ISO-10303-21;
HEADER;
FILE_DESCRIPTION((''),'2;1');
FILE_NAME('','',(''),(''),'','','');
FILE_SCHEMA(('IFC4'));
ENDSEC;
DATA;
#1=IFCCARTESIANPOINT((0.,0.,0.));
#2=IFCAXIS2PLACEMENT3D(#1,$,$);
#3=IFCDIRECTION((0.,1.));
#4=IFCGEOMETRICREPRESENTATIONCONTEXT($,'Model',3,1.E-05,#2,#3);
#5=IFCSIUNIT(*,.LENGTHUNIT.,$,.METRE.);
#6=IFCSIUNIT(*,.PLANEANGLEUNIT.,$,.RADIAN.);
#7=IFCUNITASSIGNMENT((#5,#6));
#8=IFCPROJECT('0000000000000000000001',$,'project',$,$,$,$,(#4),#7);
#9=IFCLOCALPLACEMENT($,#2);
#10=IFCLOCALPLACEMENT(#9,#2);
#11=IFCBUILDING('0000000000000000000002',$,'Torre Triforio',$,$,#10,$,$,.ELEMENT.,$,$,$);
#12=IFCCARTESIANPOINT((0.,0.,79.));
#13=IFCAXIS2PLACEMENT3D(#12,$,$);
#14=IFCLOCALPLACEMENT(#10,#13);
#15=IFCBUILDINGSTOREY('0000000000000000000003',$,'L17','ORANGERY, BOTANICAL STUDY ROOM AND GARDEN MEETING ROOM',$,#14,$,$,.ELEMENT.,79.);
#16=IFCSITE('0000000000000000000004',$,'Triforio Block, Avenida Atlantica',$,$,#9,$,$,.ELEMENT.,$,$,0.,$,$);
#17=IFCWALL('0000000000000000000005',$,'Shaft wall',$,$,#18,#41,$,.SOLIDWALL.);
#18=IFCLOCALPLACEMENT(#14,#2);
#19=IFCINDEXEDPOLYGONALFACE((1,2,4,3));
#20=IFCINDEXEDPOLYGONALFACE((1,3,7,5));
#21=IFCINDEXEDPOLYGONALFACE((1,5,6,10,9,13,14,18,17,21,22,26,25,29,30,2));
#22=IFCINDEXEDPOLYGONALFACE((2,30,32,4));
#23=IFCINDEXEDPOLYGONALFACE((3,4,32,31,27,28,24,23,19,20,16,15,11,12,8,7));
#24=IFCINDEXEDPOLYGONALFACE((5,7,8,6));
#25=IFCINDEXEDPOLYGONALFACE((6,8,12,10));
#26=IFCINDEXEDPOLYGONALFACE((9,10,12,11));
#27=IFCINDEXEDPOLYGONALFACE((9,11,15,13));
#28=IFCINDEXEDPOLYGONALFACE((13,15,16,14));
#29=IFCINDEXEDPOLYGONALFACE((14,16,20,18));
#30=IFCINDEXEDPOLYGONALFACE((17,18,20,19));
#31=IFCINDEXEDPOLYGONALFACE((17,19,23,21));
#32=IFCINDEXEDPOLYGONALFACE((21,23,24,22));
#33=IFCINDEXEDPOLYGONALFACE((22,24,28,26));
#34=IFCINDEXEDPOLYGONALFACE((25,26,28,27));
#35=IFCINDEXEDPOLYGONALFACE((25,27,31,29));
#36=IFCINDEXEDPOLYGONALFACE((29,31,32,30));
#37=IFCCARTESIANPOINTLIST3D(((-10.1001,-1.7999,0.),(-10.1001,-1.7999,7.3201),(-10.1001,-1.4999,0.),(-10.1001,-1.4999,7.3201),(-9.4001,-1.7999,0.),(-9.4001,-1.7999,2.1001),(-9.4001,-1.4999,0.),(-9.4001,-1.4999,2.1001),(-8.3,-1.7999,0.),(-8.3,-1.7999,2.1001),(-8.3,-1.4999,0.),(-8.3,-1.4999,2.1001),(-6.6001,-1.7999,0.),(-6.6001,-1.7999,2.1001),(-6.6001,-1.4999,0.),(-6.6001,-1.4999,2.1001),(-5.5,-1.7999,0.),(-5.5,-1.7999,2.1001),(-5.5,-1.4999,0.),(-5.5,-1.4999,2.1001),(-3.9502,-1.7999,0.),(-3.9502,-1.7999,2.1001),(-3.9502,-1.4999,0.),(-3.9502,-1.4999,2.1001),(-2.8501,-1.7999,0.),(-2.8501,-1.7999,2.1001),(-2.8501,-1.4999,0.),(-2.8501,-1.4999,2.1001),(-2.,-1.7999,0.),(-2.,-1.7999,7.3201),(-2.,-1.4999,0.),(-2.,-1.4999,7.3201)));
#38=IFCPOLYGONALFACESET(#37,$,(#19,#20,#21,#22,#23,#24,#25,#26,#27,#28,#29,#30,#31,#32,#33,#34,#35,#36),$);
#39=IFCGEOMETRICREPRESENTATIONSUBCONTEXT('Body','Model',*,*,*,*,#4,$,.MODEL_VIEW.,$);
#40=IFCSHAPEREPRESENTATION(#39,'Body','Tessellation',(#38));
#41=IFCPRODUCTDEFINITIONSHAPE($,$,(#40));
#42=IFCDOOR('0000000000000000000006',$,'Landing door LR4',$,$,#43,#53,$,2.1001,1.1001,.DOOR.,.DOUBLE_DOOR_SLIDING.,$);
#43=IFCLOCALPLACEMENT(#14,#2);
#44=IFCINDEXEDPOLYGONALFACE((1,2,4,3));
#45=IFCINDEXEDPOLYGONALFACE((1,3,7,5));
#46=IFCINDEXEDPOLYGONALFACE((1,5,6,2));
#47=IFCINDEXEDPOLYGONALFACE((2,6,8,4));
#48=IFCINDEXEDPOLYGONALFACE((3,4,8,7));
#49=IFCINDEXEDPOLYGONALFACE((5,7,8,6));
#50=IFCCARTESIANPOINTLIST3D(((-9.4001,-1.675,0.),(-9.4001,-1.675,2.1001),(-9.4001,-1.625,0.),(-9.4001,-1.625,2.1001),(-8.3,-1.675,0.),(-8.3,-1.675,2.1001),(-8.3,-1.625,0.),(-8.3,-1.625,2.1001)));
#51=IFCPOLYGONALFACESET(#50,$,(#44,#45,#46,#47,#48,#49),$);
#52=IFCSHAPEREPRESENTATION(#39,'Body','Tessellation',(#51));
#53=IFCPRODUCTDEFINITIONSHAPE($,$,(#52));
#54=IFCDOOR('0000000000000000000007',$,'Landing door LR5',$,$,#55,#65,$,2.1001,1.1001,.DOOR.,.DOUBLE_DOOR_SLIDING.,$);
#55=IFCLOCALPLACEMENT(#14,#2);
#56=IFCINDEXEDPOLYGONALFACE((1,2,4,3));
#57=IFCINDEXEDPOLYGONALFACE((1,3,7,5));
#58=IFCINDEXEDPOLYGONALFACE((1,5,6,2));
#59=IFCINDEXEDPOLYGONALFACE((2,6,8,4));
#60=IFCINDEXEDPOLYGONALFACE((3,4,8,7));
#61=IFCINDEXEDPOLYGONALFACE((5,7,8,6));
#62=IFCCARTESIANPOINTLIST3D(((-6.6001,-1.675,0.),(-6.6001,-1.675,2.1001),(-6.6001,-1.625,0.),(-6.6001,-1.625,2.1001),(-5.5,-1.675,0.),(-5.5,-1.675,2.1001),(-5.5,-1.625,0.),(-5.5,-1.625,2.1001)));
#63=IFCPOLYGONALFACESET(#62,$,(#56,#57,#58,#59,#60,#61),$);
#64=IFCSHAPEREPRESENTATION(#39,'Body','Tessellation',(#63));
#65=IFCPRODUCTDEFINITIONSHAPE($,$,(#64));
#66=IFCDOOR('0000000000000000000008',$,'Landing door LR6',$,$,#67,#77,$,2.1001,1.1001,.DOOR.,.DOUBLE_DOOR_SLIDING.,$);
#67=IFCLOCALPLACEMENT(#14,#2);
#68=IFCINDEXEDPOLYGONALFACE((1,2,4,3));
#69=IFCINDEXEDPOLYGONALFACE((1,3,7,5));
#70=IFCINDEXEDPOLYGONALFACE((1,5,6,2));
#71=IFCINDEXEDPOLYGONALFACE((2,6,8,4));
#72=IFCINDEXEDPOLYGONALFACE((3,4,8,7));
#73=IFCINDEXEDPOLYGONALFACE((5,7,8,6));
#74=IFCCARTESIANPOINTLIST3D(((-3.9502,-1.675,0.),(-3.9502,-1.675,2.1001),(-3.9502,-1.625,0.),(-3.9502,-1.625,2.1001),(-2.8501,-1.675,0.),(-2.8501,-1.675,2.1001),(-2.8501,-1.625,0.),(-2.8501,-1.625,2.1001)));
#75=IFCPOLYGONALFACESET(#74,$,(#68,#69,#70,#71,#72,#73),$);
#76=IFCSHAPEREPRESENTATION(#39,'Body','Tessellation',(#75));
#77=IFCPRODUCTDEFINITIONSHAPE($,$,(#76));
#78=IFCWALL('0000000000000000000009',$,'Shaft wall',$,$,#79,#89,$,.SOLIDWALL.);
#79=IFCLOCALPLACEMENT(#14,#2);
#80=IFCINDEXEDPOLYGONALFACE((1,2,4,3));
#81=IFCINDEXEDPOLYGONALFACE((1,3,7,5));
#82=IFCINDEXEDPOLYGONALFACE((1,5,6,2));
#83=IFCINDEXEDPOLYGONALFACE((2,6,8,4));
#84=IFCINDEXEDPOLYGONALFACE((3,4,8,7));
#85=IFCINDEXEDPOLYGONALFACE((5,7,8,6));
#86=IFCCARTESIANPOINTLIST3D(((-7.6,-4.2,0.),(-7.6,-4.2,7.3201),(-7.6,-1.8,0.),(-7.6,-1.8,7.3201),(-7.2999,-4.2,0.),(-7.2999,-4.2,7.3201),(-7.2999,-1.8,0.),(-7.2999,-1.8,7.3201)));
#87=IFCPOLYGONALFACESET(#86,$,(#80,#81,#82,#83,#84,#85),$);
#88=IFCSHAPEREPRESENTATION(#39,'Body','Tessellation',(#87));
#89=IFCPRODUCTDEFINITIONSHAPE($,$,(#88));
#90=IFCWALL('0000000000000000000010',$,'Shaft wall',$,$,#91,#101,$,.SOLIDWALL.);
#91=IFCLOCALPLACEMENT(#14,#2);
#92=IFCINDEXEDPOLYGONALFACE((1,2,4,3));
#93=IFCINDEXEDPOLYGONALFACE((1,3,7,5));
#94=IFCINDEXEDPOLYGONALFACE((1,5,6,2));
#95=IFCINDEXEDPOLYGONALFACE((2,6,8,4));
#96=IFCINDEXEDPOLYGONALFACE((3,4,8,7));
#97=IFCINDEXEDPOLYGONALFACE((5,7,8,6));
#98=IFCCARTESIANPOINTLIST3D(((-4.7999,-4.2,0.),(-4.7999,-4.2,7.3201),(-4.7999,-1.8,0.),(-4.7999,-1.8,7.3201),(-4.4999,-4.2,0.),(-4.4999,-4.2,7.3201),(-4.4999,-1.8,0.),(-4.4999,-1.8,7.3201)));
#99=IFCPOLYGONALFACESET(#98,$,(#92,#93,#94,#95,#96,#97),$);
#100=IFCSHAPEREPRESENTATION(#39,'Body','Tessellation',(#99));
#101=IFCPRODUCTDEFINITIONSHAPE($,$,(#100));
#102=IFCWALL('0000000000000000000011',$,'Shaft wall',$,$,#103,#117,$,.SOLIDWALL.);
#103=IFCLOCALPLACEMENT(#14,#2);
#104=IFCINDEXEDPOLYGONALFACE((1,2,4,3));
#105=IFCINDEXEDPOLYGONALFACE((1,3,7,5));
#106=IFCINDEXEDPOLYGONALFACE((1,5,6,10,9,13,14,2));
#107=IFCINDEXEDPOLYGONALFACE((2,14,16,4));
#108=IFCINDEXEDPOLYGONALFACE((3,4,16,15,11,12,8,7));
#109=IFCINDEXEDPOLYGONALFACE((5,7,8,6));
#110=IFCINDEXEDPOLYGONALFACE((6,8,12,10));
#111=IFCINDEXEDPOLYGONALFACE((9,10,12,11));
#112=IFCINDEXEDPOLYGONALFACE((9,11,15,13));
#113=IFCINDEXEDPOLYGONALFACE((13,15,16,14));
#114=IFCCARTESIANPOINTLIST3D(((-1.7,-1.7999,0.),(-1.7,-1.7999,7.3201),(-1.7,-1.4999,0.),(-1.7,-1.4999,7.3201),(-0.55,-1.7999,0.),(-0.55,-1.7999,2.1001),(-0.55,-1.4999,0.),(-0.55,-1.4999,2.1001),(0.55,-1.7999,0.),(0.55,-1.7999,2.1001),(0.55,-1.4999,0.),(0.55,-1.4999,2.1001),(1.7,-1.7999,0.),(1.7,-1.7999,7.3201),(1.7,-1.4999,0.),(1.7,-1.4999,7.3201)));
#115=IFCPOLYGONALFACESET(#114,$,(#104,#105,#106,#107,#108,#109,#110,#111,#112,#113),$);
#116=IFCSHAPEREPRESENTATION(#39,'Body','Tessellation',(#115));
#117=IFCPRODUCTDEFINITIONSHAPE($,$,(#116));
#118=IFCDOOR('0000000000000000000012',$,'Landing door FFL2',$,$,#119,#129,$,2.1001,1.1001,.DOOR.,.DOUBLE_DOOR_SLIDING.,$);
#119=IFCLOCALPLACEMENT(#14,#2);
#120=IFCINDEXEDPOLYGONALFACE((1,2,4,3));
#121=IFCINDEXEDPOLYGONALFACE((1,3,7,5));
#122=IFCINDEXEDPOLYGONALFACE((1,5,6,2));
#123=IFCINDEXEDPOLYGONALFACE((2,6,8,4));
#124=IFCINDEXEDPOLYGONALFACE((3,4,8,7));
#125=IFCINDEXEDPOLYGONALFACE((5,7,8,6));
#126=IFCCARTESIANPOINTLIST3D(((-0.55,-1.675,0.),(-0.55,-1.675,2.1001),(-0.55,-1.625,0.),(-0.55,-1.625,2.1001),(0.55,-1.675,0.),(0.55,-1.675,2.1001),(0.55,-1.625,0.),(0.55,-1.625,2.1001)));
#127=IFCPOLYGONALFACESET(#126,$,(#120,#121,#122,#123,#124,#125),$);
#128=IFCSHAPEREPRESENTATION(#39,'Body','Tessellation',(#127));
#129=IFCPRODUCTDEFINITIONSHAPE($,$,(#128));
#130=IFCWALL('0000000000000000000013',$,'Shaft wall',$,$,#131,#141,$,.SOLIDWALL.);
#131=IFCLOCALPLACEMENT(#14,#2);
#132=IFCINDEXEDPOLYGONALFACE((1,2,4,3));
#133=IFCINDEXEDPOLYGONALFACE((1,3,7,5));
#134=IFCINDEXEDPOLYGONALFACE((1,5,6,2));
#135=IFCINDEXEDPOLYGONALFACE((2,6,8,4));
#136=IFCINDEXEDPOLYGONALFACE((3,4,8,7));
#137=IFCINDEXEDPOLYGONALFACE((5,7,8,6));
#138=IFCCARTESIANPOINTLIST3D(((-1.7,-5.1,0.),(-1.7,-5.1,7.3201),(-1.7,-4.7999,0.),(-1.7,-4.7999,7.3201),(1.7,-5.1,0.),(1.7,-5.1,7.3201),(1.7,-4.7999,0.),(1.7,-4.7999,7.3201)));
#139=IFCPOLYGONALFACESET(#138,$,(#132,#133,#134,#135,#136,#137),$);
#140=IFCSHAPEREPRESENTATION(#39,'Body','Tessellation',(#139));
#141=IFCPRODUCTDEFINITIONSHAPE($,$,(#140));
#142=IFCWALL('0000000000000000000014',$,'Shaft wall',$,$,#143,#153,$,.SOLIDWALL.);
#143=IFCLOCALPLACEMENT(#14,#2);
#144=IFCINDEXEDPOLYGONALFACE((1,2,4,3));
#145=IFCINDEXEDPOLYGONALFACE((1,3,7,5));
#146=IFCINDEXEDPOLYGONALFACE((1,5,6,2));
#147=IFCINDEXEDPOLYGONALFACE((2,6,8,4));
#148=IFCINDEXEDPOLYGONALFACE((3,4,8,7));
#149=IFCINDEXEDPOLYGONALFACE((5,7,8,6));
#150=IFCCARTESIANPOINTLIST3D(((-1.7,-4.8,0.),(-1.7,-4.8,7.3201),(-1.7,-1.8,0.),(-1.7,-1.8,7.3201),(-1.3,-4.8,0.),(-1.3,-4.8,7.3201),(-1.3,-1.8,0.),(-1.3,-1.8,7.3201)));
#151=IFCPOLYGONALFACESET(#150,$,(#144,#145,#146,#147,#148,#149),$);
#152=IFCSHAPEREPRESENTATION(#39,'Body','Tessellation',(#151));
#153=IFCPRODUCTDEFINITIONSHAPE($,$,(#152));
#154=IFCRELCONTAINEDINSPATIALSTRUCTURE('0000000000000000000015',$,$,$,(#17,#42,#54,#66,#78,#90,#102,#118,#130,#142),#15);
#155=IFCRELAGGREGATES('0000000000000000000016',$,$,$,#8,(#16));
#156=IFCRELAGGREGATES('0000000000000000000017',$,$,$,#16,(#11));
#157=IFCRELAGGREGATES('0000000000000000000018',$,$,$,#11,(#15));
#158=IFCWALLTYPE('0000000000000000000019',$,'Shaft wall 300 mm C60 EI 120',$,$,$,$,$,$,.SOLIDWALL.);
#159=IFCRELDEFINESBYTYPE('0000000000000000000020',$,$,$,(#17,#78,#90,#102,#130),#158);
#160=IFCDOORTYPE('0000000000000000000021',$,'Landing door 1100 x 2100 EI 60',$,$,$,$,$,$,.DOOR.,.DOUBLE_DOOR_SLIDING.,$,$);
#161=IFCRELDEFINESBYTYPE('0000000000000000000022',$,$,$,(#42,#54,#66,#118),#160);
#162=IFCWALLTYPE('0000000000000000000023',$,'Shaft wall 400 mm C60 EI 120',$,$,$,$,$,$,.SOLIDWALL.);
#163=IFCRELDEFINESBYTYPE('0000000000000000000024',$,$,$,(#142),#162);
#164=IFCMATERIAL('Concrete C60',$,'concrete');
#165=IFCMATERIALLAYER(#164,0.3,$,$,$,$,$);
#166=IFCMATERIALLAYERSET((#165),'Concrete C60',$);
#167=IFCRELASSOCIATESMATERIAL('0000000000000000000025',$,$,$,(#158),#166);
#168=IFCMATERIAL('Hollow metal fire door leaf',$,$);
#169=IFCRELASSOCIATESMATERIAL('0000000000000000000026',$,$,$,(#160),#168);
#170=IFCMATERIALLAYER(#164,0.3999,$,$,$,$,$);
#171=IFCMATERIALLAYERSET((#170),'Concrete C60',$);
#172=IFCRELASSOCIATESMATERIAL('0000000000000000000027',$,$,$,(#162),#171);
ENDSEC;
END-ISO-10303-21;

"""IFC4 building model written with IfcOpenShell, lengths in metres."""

from ifc_helpers import new_model, si_unit, direction, frame, frame_2d, origin, place, context, subcontext, project, spatial, rectangle, extrude, material, layer, layer_set, type_object, element, fill, save


model = new_model("IFC4")

# Units and contexts
model_context = context("Model", 3, precision=1e-05, world=origin(), true_north=direction((0.0, 1.0)))
body_context = subcontext(model_context, "Body", "Model", "MODEL_VIEW")
ifc_project = project(units=[si_unit("LENGTHUNIT", "METRE"), si_unit("PLANEANGLEUNIT", "RADIAN")], contexts=[model_context])

# Site, building, storey
site_placement = place(None, origin())
site = spatial("IfcSite", under=ifc_project, at=site_placement, Name="Triforio Block, Avenida Atlantica", CompositionType="ELEMENT", RefElevation=0.0)
building_placement = place(site_placement, origin())
building = spatial("IfcBuilding", under=site, at=building_placement, Name="Torre Triforio", CompositionType="ELEMENT")
storey_placement = place(building_placement, frame((0.0, 0.0, 79.0)))
storey = spatial("IfcBuildingStorey", under=building, at=storey_placement, Name="L17", Description="ORANGERY, BOTANICAL STUDY ROOM AND GARDEN MEETING ROOM", CompositionType="ELEMENT", Elevation=79.0)

# Shared definitions
ifc_material_1 = material(Name="Concrete C60", Category="concrete")
ifc_material_2 = material(Name="Hollow metal fire door leaf")

# Shared definitions
ifc_layer_1 = layer(ifc_material_1, 0.3)
ifc_layer_set_1 = layer_set([ifc_layer_1], Name="Concrete C60")
wall_type_1 = type_object("IfcWallType", Name="Shaft wall 300 mm C60 EI 120", PredefinedType="SOLIDWALL", material=ifc_layer_set_1)

# Wall, openings, doors
wall_1_placement = place(storey_placement, frame((-10.1001, -1.6499, 0.0), z_axis=(0.0, 0.0, 1.0), x_axis=(1.0, 0.0, 0.0)))
wall_1 = element("IfcWall", 1, at=wall_1_placement, inside=storey, type_object=wall_type_1, Name="Shaft wall", PredefinedType="SOLIDWALL", context=body_context, shape_type="SweptSolid", body=[
    extrude(rectangle(XDim=8.1001, YDim=0.3, at=frame_2d((4.05, 0.0))), origin(), (0.0, 0.0, 1.0), 7.3201),
])
opening_1_placement = place(wall_1_placement, frame((0.7, 0.0, 0.0)))
opening_1 = element("IfcOpeningElement", 2, at=opening_1_placement, cuts=wall_1, PredefinedType="OPENING", context=body_context, shape_type="SweptSolid", body=[
    extrude(rectangle(XDim=1.1001, YDim=2.1001, at=frame_2d((0.55, 1.05))), frame((0.0, 0.1599, 0.0), z_axis=(0.0, -1.0, 0.0), x_axis=(1.0, 0.0, 0.0)), (0.0, 0.0, 1.0), 0.3201),
])
opening_2_placement = place(wall_1_placement, frame((3.5, 0.0, 0.0)))
opening_2 = element("IfcOpeningElement", 3, at=opening_2_placement, cuts=wall_1, PredefinedType="OPENING", context=body_context, shape_type="SweptSolid", body=[
    extrude(rectangle(XDim=1.1001, YDim=2.1001, at=frame_2d((0.55, 1.05))), frame((0.0, 0.1599, 0.0), z_axis=(0.0, -1.0, 0.0), x_axis=(1.0, 0.0, 0.0)), (0.0, 0.0, 1.0), 0.3201),
])
opening_3_placement = place(wall_1_placement, frame((6.1499, 0.0, 0.0)))
opening_3 = element("IfcOpeningElement", 4, at=opening_3_placement, cuts=wall_1, PredefinedType="OPENING", context=body_context, shape_type="SweptSolid", body=[
    extrude(rectangle(XDim=1.1001, YDim=2.1001, at=frame_2d((0.55, 1.05))), frame((0.0, 0.1599, 0.0), z_axis=(0.0, -1.0, 0.0), x_axis=(1.0, 0.0, 0.0)), (0.0, 0.0, 1.0), 0.3201),
])
door_type_1 = type_object("IfcDoorType", Name="Landing door 1100 x 2100 EI 60", OperationType="DOUBLE_DOOR_SLIDING", PredefinedType="DOOR", material=ifc_material_2)
door_1_placement = place(opening_1_placement, origin())
door_1 = element("IfcDoor", 5, at=door_1_placement, inside=storey, type_object=door_type_1, Name="Landing door LR4", OperationType="DOUBLE_DOOR_SLIDING", OverallHeight=2.1001, OverallWidth=1.1001, PredefinedType="DOOR", context=body_context, shape_type="SweptSolid", body=[
    extrude(rectangle(XDim=1.1001, YDim=2.1001, at=frame_2d((0.55, 1.05))), frame((0.0, 0.0249, 0.0), z_axis=(0.0, -1.0, 0.0), x_axis=(1.0, 0.0, 0.0)), (0.0, 0.0, 1.0), 0.05),
])
fill(opening_1, door_1)
door_2_placement = place(opening_2_placement, origin())
door_2 = element("IfcDoor", 6, at=door_2_placement, inside=storey, type_object=door_type_1, Name="Landing door LR5", OperationType="DOUBLE_DOOR_SLIDING", OverallHeight=2.1001, OverallWidth=1.1001, PredefinedType="DOOR", context=body_context, shape_type="SweptSolid", body=[
    extrude(rectangle(XDim=1.1001, YDim=2.1001, at=frame_2d((0.55, 1.05))), frame((0.0, 0.0249, 0.0), z_axis=(0.0, -1.0, 0.0), x_axis=(1.0, 0.0, 0.0)), (0.0, 0.0, 1.0), 0.05),
])
fill(opening_2, door_2)
door_3_placement = place(opening_3_placement, origin())
door_3 = element("IfcDoor", 7, at=door_3_placement, inside=storey, type_object=door_type_1, Name="Landing door LR6", OperationType="DOUBLE_DOOR_SLIDING", OverallHeight=2.1001, OverallWidth=1.1001, PredefinedType="DOOR", context=body_context, shape_type="SweptSolid", body=[
    extrude(rectangle(XDim=1.1001, YDim=2.1001, at=frame_2d((0.55, 1.05))), frame((0.0, 0.0249, 0.0), z_axis=(0.0, -1.0, 0.0), x_axis=(1.0, 0.0, 0.0)), (0.0, 0.0, 1.0), 0.05),
])
fill(opening_3, door_3)

# Walls
for number, where, z_axis, x_axis, name in (
    (8, (-7.45, -4.2, 0.0), (0.0, 0.0, 1.0), (0.0, 1.0, 0.0), "Shaft wall"),
    (9, (-4.6499, -4.2, 0.0), (0.0, 0.0, 1.0), (0.0, 1.0, 0.0), "Shaft wall"),
):
    element("IfcWall", number, at=place(storey_placement, frame(where, z_axis=z_axis, x_axis=x_axis)), inside=storey, type_object=wall_type_1, Name=name, PredefinedType="SOLIDWALL", context=body_context, shape_type="SweptSolid", body=[
        extrude(rectangle(XDim=2.3999, YDim=0.3, at=frame_2d((1.2, 0.0))), origin(), (0.0, 0.0, 1.0), 7.3201),
    ])

# Wall, opening, door
wall_2_placement = place(storey_placement, frame((-1.7, -1.6499, 0.0), z_axis=(0.0, 0.0, 1.0), x_axis=(1.0, 0.0, 0.0)))
wall_2 = element("IfcWall", 10, at=wall_2_placement, inside=storey, type_object=wall_type_1, Name="Shaft wall", PredefinedType="SOLIDWALL", context=body_context, shape_type="SweptSolid", body=[
    extrude(rectangle(XDim=3.3999, YDim=0.3, at=frame_2d((1.7, 0.0))), origin(), (0.0, 0.0, 1.0), 7.3201),
])
opening_4_placement = place(wall_2_placement, frame((1.1499, 0.0, 0.0)))
opening_4 = element("IfcOpeningElement", 11, at=opening_4_placement, cuts=wall_2, PredefinedType="OPENING", context=body_context, shape_type="SweptSolid", body=[
    extrude(rectangle(XDim=1.1001, YDim=2.1001, at=frame_2d((0.55, 1.05))), frame((0.0, 0.1599, 0.0), z_axis=(0.0, -1.0, 0.0), x_axis=(1.0, 0.0, 0.0)), (0.0, 0.0, 1.0), 0.3201),
])
door_4_placement = place(opening_4_placement, origin())
door_4 = element("IfcDoor", 12, at=door_4_placement, inside=storey, type_object=door_type_1, Name="Landing door FFL2", OperationType="DOUBLE_DOOR_SLIDING", OverallHeight=2.1001, OverallWidth=1.1001, PredefinedType="DOOR", context=body_context, shape_type="SweptSolid", body=[
    extrude(rectangle(XDim=1.1001, YDim=2.1001, at=frame_2d((0.55, 1.05))), frame((0.0, 0.0249, 0.0), z_axis=(0.0, -1.0, 0.0), x_axis=(1.0, 0.0, 0.0)), (0.0, 0.0, 1.0), 0.05),
])
fill(opening_4, door_4)

# Walls
wall_3_placement = place(storey_placement, frame((-1.7, -4.95, 0.0), z_axis=(0.0, 0.0, 1.0), x_axis=(1.0, 0.0, 0.0)))
element("IfcWall", 13, at=wall_3_placement, inside=storey, type_object=wall_type_1, Name="Shaft wall", PredefinedType="SOLIDWALL", context=body_context, shape_type="SweptSolid", body=[
    extrude(rectangle(XDim=3.3999, YDim=0.3, at=frame_2d((1.7, 0.0))), origin(), (0.0, 0.0, 1.0), 7.3201),
])
ifc_layer_2 = layer(ifc_material_1, 0.3999)
ifc_layer_set_2 = layer_set([ifc_layer_2], Name="Concrete C60")
wall_type_2 = type_object("IfcWallType", Name="Shaft wall 400 mm C60 EI 120", PredefinedType="SOLIDWALL", material=ifc_layer_set_2)
wall_4_placement = place(storey_placement, frame((-1.5, -4.8, 0.0), z_axis=(0.0, 0.0, 1.0), x_axis=(0.0, 1.0, 0.0)))
element("IfcWall", 14, at=wall_4_placement, inside=storey, type_object=wall_type_2, Name="Shaft wall", PredefinedType="SOLIDWALL", context=body_context, shape_type="SweptSolid", body=[
    extrude(rectangle(XDim=3.0, YDim=0.3999, at=frame_2d((1.5, 0.0))), origin(), (0.0, 0.0, 1.0), 7.3201),
])

save(model, "model.ifc")
